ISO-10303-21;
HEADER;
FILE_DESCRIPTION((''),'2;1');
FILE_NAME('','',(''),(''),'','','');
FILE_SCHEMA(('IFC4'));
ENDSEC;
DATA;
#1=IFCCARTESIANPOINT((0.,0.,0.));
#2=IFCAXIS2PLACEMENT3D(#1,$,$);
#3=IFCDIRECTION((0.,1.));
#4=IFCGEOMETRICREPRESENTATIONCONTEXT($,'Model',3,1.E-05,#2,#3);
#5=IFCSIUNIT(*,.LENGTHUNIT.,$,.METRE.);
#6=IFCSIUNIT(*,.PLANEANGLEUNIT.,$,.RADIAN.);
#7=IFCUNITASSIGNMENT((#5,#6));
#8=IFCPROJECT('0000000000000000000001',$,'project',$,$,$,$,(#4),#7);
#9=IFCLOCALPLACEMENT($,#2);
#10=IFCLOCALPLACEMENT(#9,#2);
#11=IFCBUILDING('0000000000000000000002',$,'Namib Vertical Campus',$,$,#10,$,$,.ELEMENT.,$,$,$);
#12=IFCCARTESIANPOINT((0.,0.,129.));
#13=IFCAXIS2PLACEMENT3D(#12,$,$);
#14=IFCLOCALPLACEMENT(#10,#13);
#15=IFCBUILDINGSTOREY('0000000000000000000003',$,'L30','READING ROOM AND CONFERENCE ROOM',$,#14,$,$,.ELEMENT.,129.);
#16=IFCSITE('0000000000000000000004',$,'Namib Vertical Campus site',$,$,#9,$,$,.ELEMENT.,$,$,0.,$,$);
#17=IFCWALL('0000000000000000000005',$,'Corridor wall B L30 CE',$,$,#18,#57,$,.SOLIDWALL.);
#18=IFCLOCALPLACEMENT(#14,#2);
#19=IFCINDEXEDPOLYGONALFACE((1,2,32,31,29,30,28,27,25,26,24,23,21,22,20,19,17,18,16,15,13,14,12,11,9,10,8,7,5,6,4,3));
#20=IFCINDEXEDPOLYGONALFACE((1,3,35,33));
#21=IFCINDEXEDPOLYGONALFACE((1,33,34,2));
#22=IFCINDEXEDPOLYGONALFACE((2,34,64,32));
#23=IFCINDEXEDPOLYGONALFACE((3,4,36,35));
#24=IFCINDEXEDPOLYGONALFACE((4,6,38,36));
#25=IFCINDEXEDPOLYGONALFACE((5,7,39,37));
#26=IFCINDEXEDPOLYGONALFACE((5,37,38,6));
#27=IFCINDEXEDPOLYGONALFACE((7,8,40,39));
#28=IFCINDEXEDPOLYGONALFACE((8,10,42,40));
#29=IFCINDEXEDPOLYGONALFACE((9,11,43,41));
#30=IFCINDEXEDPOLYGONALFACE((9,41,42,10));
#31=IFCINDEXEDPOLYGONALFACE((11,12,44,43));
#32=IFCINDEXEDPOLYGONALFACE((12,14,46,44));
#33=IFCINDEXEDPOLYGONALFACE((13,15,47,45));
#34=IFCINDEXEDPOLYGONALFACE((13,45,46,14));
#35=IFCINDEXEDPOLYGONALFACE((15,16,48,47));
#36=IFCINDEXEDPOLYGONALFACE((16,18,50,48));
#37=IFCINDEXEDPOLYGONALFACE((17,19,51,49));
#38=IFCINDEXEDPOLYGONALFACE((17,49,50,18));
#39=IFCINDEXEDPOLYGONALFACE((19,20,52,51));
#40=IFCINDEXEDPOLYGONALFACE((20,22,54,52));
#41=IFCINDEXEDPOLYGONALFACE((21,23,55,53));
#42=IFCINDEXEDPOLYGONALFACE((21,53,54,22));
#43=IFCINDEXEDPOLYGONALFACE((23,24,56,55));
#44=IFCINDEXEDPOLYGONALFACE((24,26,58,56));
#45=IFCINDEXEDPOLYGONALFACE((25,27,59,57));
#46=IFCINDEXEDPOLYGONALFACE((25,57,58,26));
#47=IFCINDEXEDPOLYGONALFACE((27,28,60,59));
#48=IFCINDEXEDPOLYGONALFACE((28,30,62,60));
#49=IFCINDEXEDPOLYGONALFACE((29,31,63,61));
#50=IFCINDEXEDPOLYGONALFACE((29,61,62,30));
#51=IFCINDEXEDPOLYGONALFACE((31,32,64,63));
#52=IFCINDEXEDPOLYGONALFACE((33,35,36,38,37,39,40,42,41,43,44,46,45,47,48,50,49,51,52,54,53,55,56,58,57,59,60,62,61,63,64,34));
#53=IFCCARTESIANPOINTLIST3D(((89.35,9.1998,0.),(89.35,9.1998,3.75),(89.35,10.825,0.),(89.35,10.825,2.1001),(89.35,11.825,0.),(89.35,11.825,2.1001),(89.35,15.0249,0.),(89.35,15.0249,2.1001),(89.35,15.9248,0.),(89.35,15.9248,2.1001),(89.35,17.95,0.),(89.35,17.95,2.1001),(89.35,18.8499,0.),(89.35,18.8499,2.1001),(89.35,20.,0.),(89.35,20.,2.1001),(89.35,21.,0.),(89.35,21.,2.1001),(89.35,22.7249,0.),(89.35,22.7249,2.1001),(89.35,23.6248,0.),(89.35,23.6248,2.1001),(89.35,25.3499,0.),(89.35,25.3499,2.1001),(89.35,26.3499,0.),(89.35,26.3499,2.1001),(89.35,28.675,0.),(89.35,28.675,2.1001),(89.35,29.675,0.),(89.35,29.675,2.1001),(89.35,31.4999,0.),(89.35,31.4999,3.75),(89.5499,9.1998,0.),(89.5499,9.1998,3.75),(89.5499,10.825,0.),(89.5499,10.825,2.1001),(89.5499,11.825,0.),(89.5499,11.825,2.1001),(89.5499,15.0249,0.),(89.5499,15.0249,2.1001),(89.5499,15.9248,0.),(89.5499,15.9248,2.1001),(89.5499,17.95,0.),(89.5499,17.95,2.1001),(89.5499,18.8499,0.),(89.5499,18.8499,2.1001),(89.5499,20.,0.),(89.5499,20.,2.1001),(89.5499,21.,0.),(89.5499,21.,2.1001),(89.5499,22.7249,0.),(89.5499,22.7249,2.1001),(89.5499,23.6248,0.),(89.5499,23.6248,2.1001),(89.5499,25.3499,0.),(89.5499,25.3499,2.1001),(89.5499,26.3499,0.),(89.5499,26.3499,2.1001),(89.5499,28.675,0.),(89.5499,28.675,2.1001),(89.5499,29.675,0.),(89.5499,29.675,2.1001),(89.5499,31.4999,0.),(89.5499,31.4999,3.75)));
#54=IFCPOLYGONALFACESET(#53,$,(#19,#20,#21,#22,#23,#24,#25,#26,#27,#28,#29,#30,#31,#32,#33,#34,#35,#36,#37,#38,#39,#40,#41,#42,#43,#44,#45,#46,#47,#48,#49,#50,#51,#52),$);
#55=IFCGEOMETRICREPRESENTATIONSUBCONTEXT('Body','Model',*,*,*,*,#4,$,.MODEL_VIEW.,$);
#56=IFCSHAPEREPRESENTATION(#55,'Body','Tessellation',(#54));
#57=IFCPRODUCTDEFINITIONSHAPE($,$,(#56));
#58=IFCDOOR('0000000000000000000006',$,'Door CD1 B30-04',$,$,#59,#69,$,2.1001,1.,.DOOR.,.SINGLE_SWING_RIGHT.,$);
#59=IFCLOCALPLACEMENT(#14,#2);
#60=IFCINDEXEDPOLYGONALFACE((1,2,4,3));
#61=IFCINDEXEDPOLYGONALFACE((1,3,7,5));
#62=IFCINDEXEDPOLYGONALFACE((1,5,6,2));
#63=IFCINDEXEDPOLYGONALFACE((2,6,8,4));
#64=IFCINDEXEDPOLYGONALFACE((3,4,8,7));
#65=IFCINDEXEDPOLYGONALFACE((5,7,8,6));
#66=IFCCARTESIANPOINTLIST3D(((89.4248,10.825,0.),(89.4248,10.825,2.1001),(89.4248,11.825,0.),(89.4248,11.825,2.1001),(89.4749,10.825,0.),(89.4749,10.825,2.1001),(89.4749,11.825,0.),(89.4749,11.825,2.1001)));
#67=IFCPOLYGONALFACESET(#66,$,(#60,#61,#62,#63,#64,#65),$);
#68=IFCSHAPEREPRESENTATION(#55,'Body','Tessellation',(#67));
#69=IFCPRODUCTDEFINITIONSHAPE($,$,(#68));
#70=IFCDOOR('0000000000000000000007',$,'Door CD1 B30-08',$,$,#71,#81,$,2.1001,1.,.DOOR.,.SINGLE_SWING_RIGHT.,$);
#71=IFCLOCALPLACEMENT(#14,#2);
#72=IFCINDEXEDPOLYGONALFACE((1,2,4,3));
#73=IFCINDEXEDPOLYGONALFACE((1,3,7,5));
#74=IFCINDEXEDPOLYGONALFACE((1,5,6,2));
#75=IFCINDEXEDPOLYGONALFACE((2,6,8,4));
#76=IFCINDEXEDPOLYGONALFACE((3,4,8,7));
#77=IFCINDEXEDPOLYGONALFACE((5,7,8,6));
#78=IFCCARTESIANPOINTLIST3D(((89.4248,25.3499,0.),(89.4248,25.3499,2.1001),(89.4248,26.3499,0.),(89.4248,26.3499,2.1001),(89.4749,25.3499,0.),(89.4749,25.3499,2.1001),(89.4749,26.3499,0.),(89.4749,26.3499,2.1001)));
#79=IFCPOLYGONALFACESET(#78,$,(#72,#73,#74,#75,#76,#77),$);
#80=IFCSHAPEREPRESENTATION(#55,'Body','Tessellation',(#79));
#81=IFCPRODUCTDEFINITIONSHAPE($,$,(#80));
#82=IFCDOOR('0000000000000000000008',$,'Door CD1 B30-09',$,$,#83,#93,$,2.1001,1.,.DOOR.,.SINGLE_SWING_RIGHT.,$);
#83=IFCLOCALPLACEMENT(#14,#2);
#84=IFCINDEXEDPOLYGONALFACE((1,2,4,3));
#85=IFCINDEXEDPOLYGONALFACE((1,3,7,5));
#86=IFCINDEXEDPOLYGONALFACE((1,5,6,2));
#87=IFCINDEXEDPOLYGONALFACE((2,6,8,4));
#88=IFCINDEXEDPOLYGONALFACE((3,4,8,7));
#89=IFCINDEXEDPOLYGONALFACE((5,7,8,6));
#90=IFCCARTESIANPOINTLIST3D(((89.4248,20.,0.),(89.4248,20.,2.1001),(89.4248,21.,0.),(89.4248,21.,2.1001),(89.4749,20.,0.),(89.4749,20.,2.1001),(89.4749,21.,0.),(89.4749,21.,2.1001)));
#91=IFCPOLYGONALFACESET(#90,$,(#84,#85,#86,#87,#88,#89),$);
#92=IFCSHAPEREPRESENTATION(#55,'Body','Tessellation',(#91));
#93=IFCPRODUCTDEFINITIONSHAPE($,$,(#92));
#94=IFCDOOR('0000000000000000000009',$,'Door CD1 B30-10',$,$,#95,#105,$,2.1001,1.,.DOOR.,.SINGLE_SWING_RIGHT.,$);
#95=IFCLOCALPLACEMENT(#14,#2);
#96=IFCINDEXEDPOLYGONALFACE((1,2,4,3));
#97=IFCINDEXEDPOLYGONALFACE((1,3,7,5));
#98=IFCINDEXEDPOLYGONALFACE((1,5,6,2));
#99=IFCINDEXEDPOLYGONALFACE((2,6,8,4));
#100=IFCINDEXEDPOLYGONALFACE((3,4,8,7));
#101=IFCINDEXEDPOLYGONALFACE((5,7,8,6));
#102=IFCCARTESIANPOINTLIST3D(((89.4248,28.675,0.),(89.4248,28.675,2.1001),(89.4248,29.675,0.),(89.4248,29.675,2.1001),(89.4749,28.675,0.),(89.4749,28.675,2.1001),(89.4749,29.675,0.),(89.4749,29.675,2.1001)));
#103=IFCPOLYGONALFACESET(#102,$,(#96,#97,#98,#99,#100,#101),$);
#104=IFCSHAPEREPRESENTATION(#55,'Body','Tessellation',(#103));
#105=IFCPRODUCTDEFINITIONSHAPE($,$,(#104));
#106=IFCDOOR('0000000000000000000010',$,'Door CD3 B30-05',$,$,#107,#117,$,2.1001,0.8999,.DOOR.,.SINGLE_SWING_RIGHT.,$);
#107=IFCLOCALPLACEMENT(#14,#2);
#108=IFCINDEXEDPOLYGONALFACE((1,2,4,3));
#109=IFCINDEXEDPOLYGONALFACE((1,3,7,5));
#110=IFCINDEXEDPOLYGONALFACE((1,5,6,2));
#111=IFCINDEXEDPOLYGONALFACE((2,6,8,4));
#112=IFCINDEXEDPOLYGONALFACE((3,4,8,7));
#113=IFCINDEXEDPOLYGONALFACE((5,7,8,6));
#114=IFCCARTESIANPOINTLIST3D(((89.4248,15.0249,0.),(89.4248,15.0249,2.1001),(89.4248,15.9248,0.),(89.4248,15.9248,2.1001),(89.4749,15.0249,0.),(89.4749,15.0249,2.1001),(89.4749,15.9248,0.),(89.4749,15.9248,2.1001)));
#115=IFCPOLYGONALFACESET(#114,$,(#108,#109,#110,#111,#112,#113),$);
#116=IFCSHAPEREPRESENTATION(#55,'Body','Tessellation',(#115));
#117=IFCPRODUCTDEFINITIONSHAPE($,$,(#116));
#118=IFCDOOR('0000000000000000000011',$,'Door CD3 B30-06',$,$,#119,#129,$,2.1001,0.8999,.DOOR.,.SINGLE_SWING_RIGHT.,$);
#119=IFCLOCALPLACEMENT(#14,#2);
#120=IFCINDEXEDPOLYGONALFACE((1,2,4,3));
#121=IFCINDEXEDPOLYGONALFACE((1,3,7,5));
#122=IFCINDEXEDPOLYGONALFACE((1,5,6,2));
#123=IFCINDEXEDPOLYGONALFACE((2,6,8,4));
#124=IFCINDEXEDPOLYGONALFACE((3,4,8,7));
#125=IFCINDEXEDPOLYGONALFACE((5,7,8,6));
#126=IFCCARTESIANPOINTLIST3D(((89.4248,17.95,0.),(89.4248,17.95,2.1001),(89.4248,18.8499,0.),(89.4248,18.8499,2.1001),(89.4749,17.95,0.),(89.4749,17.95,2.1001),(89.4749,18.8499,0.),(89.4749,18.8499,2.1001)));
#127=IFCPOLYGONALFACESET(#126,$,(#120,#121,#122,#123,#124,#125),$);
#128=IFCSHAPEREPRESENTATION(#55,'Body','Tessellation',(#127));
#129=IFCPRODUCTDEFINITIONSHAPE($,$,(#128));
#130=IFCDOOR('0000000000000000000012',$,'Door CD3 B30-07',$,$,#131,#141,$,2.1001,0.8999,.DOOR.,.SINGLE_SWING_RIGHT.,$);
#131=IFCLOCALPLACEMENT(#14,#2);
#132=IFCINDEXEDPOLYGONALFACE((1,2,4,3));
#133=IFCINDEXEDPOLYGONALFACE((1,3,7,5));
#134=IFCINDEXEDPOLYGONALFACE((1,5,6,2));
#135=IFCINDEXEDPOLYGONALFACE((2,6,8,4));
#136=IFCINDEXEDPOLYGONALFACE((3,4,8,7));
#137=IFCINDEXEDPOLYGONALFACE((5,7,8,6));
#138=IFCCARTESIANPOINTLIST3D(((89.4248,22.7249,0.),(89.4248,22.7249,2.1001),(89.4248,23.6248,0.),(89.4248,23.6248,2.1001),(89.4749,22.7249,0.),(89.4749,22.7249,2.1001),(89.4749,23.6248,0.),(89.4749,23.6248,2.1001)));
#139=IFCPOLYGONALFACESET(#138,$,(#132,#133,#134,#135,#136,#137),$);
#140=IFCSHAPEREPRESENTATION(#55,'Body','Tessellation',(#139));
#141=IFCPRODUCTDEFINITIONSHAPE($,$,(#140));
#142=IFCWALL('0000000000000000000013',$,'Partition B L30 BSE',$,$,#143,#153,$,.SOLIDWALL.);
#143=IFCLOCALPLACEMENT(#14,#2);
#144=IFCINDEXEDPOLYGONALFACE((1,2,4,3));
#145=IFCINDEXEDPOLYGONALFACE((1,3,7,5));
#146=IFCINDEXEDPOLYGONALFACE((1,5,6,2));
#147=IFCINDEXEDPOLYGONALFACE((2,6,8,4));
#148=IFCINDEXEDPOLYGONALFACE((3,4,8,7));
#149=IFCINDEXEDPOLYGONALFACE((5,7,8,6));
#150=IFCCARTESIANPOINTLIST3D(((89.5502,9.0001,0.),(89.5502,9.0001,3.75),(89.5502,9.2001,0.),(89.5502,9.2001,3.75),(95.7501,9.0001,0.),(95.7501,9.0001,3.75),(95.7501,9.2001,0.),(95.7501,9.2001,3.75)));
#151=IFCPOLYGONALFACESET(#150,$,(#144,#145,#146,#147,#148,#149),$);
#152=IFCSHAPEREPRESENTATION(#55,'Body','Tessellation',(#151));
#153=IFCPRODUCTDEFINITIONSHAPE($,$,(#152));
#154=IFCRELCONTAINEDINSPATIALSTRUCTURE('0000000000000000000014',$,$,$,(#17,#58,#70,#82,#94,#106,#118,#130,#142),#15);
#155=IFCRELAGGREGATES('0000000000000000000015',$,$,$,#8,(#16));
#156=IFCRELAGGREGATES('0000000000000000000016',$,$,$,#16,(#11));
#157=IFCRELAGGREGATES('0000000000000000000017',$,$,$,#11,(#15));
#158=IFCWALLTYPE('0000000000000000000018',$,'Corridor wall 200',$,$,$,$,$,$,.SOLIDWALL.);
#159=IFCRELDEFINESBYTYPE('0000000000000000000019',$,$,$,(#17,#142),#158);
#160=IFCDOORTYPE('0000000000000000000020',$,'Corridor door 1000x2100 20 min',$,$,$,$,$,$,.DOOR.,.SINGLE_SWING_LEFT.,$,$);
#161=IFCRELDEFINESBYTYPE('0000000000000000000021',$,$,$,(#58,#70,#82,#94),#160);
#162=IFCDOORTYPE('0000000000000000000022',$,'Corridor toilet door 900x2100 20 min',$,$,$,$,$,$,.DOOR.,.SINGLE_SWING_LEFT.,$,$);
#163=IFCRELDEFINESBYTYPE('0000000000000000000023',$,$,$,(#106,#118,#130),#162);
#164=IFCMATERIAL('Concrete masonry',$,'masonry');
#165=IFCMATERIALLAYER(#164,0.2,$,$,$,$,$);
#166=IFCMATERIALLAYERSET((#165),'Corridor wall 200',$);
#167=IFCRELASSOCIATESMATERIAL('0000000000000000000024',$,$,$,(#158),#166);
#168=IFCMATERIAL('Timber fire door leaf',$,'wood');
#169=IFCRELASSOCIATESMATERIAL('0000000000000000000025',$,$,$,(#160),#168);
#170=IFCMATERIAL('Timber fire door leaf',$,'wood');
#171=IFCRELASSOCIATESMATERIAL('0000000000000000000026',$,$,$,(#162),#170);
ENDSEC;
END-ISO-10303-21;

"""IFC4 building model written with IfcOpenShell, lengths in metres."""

from ifc_helpers import new_model, si_unit, direction, frame, frame_2d, origin, place, context, subcontext, project, spatial, rectangle, extrude, material, layer, layer_set, type_object, element, fill, save


model = new_model("IFC4")

# Units and contexts
model_context = context("Model", 3, precision=1e-05, world=origin(), true_north=direction((0.0, 1.0)))
body_context = subcontext(model_context, "Body", "Model", "MODEL_VIEW")
ifc_project = project(units=[si_unit("LENGTHUNIT", "METRE"), si_unit("PLANEANGLEUNIT", "RADIAN")], contexts=[model_context])

# Site, building, storey
site_placement = place(None, origin())
site = spatial("IfcSite", under=ifc_project, at=site_placement, Name="Namib Vertical Campus site", CompositionType="ELEMENT", RefElevation=0.0)
building_placement = place(site_placement, origin())
building = spatial("IfcBuilding", under=site, at=building_placement, Name="Namib Vertical Campus", CompositionType="ELEMENT")
storey_placement = place(building_placement, frame((0.0, 0.0, 129.0)))
storey = spatial("IfcBuildingStorey", under=building, at=storey_placement, Name="L30", Description="READING ROOM AND CONFERENCE ROOM", CompositionType="ELEMENT", Elevation=129.0)

# Wall, openings, doors
ifc_material_1 = material(Name="Concrete masonry", Category="masonry")
ifc_layer_1 = layer(ifc_material_1, 0.2)
ifc_layer_set_1 = layer_set([ifc_layer_1], Name="Corridor wall 200")
wall_type_1 = type_object("IfcWallType", Name="Corridor wall 200", PredefinedType="SOLIDWALL", material=ifc_layer_set_1)
wall_1_placement = place(storey_placement, frame((89.45, 9.2, 0.0), z_axis=(0.0, 0.0, 1.0), x_axis=(0.0, 1.0, 0.0)))
wall_1 = element("IfcWall", 1, at=wall_1_placement, inside=storey, type_object=wall_type_1, Name="Corridor wall B L30 CE", PredefinedType="SOLIDWALL", context=body_context, shape_type="SweptSolid", body=[
    extrude(rectangle(XDim=22.3, YDim=0.2, at=frame_2d((11.1499, 0.0))), origin(), (0.0, 0.0, 1.0), 3.75),
])
opening_1_placement = place(wall_1_placement, frame((1.625, 0.0, 0.0)))
opening_1 = element("IfcOpeningElement", 2, at=opening_1_placement, cuts=wall_1, PredefinedType="OPENING", context=body_context, shape_type="SweptSolid", body=[
    extrude(rectangle(XDim=1.0, YDim=2.1001, at=frame_2d((0.5, 1.05))), frame((0.0, 0.1099, 0.0), z_axis=(0.0, -1.0, 0.0), x_axis=(1.0, 0.0, 0.0)), (0.0, 0.0, 1.0), 0.22),
])
opening_2_placement = place(wall_1_placement, frame((5.825, 0.0, 0.0)))
opening_2 = element("IfcOpeningElement", 3, at=opening_2_placement, cuts=wall_1, PredefinedType="OPENING", context=body_context, shape_type="SweptSolid", body=[
    extrude(rectangle(XDim=0.8999, YDim=2.1001, at=frame_2d((0.45, 1.05))), frame((0.0, 0.1099, 0.0), z_axis=(0.0, -1.0, 0.0), x_axis=(1.0, 0.0, 0.0)), (0.0, 0.0, 1.0), 0.22),
])
opening_3_placement = place(wall_1_placement, frame((8.75, 0.0, 0.0)))
opening_3 = element("IfcOpeningElement", 4, at=opening_3_placement, cuts=wall_1, PredefinedType="OPENING", context=body_context, shape_type="SweptSolid", body=[
    extrude(rectangle(XDim=0.8999, YDim=2.1001, at=frame_2d((0.45, 1.05))), frame((0.0, 0.1099, 0.0), z_axis=(0.0, -1.0, 0.0), x_axis=(1.0, 0.0, 0.0)), (0.0, 0.0, 1.0), 0.22),
])
opening_4_placement = place(wall_1_placement, frame((13.5249, 0.0, 0.0)))
opening_4 = element("IfcOpeningElement", 5, at=opening_4_placement, cuts=wall_1, PredefinedType="OPENING", context=body_context, shape_type="SweptSolid", body=[
    extrude(rectangle(XDim=0.8999, YDim=2.1001, at=frame_2d((0.45, 1.05))), frame((0.0, 0.1099, 0.0), z_axis=(0.0, -1.0, 0.0), x_axis=(1.0, 0.0, 0.0)), (0.0, 0.0, 1.0), 0.22),
])
opening_5_placement = place(wall_1_placement, frame((16.1499, 0.0, 0.0)))
opening_5 = element("IfcOpeningElement", 6, at=opening_5_placement, cuts=wall_1, PredefinedType="OPENING", context=body_context, shape_type="SweptSolid", body=[
    extrude(rectangle(XDim=1.0, YDim=2.1001, at=frame_2d((0.5, 1.05))), frame((0.0, 0.1099, 0.0), z_axis=(0.0, -1.0, 0.0), x_axis=(1.0, 0.0, 0.0)), (0.0, 0.0, 1.0), 0.22),
])
opening_6_placement = place(wall_1_placement, frame((10.8, 0.0, 0.0)))
opening_6 = element("IfcOpeningElement", 7, at=opening_6_placement, cuts=wall_1, PredefinedType="OPENING", context=body_context, shape_type="SweptSolid", body=[
    extrude(rectangle(XDim=1.0, YDim=2.1001, at=frame_2d((0.5, 1.05))), frame((0.0, 0.1099, 0.0), z_axis=(0.0, -1.0, 0.0), x_axis=(1.0, 0.0, 0.0)), (0.0, 0.0, 1.0), 0.22),
])
opening_7_placement = place(wall_1_placement, frame((19.4751, 0.0, 0.0)))
opening_7 = element("IfcOpeningElement", 8, at=opening_7_placement, cuts=wall_1, PredefinedType="OPENING", context=body_context, shape_type="SweptSolid", body=[
    extrude(rectangle(XDim=1.0, YDim=2.1001, at=frame_2d((0.5, 1.05))), frame((0.0, 0.1099, 0.0), z_axis=(0.0, -1.0, 0.0), x_axis=(1.0, 0.0, 0.0)), (0.0, 0.0, 1.0), 0.22),
])
ifc_material_2 = material(Name="Timber fire door leaf", Category="wood")
door_type_1 = type_object("IfcDoorType", Name="Corridor door 1000x2100 20 min", OperationType="SINGLE_SWING_LEFT", PredefinedType="DOOR", material=ifc_material_2)
door_1_placement = place(opening_1_placement, frame((1.0, 0.0, 0.0), z_axis=(0.0, 0.0, 1.0), x_axis=(-1.0, 0.0, 0.0)))
door_1 = element("IfcDoor", 9, at=door_1_placement, inside=storey, type_object=door_type_1, Name="Door CD1 B30-04", OperationType="SINGLE_SWING_RIGHT", OverallHeight=2.1001, OverallWidth=1.0, PredefinedType="DOOR", context=body_context, shape_type="SweptSolid", body=[
    extrude(rectangle(XDim=1.0, YDim=2.1001, at=frame_2d((0.5, 1.05))), frame((0.0, 0.0249, 0.0), z_axis=(0.0, -1.0, 0.0), x_axis=(1.0, 0.0, 0.0)), (0.0, 0.0, 1.0), 0.05),
])
fill(opening_1, door_1)
door_2_placement = place(opening_5_placement, frame((1.0, 0.0, 0.0), z_axis=(0.0, 0.0, 1.0), x_axis=(-1.0, 0.0, 0.0)))
door_2 = element("IfcDoor", 10, at=door_2_placement, inside=storey, type_object=door_type_1, Name="Door CD1 B30-08", OperationType="SINGLE_SWING_RIGHT", OverallHeight=2.1001, OverallWidth=1.0, PredefinedType="DOOR", context=body_context, shape_type="SweptSolid", body=[
    extrude(rectangle(XDim=1.0, YDim=2.1001, at=frame_2d((0.5, 1.05))), frame((0.0, 0.0249, 0.0), z_axis=(0.0, -1.0, 0.0), x_axis=(1.0, 0.0, 0.0)), (0.0, 0.0, 1.0), 0.05),
])
fill(opening_5, door_2)
door_3_placement = place(opening_6_placement, frame((1.0, 0.0, 0.0), z_axis=(0.0, 0.0, 1.0), x_axis=(-1.0, 0.0, 0.0)))
door_3 = element("IfcDoor", 11, at=door_3_placement, inside=storey, type_object=door_type_1, Name="Door CD1 B30-09", OperationType="SINGLE_SWING_RIGHT", OverallHeight=2.1001, OverallWidth=1.0, PredefinedType="DOOR", context=body_context, shape_type="SweptSolid", body=[
    extrude(rectangle(XDim=1.0, YDim=2.1001, at=frame_2d((0.5, 1.05))), frame((0.0, 0.0249, 0.0), z_axis=(0.0, -1.0, 0.0), x_axis=(1.0, 0.0, 0.0)), (0.0, 0.0, 1.0), 0.05),
])
fill(opening_6, door_3)
door_4_placement = place(opening_7_placement, frame((1.0, 0.0, 0.0), z_axis=(0.0, 0.0, 1.0), x_axis=(-1.0, 0.0, 0.0)))
door_4 = element("IfcDoor", 12, at=door_4_placement, inside=storey, type_object=door_type_1, Name="Door CD1 B30-10", OperationType="SINGLE_SWING_RIGHT", OverallHeight=2.1001, OverallWidth=1.0, PredefinedType="DOOR", context=body_context, shape_type="SweptSolid", body=[
    extrude(rectangle(XDim=1.0, YDim=2.1001, at=frame_2d((0.5, 1.05))), frame((0.0, 0.0249, 0.0), z_axis=(0.0, -1.0, 0.0), x_axis=(1.0, 0.0, 0.0)), (0.0, 0.0, 1.0), 0.05),
])
fill(opening_7, door_4)
ifc_material_3 = material(Name="Timber fire door leaf", Category="wood")
door_type_2 = type_object("IfcDoorType", Name="Corridor toilet door 900x2100 20 min", OperationType="SINGLE_SWING_LEFT", PredefinedType="DOOR", material=ifc_material_3)
door_5_placement = place(opening_2_placement, frame((0.8999, 0.0, 0.0), z_axis=(0.0, 0.0, 1.0), x_axis=(-1.0, 0.0, 0.0)))
door_5 = element("IfcDoor", 13, at=door_5_placement, inside=storey, type_object=door_type_2, Name="Door CD3 B30-05", OperationType="SINGLE_SWING_RIGHT", OverallHeight=2.1001, OverallWidth=0.8999, PredefinedType="DOOR", context=body_context, shape_type="SweptSolid", body=[
    extrude(rectangle(XDim=0.8999, YDim=2.1001, at=frame_2d((0.45, 1.05))), frame((0.0, 0.0249, 0.0), z_axis=(0.0, -1.0, 0.0), x_axis=(1.0, 0.0, 0.0)), (0.0, 0.0, 1.0), 0.05),
])
fill(opening_2, door_5)
door_6_placement = place(opening_3_placement, frame((0.8999, 0.0, 0.0), z_axis=(0.0, 0.0, 1.0), x_axis=(-1.0, 0.0, 0.0)))
door_6 = element("IfcDoor", 14, at=door_6_placement, inside=storey, type_object=door_type_2, Name="Door CD3 B30-06", OperationType="SINGLE_SWING_RIGHT", OverallHeight=2.1001, OverallWidth=0.8999, PredefinedType="DOOR", context=body_context, shape_type="SweptSolid", body=[
    extrude(rectangle(XDim=0.8999, YDim=2.1001, at=frame_2d((0.45, 1.05))), frame((0.0, 0.0249, 0.0), z_axis=(0.0, -1.0, 0.0), x_axis=(1.0, 0.0, 0.0)), (0.0, 0.0, 1.0), 0.05),
])
fill(opening_3, door_6)
door_7_placement = place(opening_4_placement, frame((0.8999, 0.0, 0.0), z_axis=(0.0, 0.0, 1.0), x_axis=(-1.0, 0.0, 0.0)))
door_7 = element("IfcDoor", 15, at=door_7_placement, inside=storey, type_object=door_type_2, Name="Door CD3 B30-07", OperationType="SINGLE_SWING_RIGHT", OverallHeight=2.1001, OverallWidth=0.8999, PredefinedType="DOOR", context=body_context, shape_type="SweptSolid", body=[
    extrude(rectangle(XDim=0.8999, YDim=2.1001, at=frame_2d((0.45, 1.05))), frame((0.0, 0.0249, 0.0), z_axis=(0.0, -1.0, 0.0), x_axis=(1.0, 0.0, 0.0)), (0.0, 0.0, 1.0), 0.05),
])
fill(opening_4, door_7)

# Wall
wall_2_placement = place(storey_placement, frame((89.55, 9.1001, 0.0), z_axis=(0.0, 0.0, 1.0), x_axis=(1.0, 0.0, 0.0)))
element("IfcWall", 16, at=wall_2_placement, inside=storey, type_object=wall_type_1, Name="Partition B L30 BSE", PredefinedType="SOLIDWALL", context=body_context, shape_type="SweptSolid", body=[
    extrude(rectangle(XDim=6.2, YDim=0.2, at=frame_2d((3.1001, 0.0))), origin(), (0.0, 0.0, 1.0), 3.75),
])

save(model, "model.ifc")
